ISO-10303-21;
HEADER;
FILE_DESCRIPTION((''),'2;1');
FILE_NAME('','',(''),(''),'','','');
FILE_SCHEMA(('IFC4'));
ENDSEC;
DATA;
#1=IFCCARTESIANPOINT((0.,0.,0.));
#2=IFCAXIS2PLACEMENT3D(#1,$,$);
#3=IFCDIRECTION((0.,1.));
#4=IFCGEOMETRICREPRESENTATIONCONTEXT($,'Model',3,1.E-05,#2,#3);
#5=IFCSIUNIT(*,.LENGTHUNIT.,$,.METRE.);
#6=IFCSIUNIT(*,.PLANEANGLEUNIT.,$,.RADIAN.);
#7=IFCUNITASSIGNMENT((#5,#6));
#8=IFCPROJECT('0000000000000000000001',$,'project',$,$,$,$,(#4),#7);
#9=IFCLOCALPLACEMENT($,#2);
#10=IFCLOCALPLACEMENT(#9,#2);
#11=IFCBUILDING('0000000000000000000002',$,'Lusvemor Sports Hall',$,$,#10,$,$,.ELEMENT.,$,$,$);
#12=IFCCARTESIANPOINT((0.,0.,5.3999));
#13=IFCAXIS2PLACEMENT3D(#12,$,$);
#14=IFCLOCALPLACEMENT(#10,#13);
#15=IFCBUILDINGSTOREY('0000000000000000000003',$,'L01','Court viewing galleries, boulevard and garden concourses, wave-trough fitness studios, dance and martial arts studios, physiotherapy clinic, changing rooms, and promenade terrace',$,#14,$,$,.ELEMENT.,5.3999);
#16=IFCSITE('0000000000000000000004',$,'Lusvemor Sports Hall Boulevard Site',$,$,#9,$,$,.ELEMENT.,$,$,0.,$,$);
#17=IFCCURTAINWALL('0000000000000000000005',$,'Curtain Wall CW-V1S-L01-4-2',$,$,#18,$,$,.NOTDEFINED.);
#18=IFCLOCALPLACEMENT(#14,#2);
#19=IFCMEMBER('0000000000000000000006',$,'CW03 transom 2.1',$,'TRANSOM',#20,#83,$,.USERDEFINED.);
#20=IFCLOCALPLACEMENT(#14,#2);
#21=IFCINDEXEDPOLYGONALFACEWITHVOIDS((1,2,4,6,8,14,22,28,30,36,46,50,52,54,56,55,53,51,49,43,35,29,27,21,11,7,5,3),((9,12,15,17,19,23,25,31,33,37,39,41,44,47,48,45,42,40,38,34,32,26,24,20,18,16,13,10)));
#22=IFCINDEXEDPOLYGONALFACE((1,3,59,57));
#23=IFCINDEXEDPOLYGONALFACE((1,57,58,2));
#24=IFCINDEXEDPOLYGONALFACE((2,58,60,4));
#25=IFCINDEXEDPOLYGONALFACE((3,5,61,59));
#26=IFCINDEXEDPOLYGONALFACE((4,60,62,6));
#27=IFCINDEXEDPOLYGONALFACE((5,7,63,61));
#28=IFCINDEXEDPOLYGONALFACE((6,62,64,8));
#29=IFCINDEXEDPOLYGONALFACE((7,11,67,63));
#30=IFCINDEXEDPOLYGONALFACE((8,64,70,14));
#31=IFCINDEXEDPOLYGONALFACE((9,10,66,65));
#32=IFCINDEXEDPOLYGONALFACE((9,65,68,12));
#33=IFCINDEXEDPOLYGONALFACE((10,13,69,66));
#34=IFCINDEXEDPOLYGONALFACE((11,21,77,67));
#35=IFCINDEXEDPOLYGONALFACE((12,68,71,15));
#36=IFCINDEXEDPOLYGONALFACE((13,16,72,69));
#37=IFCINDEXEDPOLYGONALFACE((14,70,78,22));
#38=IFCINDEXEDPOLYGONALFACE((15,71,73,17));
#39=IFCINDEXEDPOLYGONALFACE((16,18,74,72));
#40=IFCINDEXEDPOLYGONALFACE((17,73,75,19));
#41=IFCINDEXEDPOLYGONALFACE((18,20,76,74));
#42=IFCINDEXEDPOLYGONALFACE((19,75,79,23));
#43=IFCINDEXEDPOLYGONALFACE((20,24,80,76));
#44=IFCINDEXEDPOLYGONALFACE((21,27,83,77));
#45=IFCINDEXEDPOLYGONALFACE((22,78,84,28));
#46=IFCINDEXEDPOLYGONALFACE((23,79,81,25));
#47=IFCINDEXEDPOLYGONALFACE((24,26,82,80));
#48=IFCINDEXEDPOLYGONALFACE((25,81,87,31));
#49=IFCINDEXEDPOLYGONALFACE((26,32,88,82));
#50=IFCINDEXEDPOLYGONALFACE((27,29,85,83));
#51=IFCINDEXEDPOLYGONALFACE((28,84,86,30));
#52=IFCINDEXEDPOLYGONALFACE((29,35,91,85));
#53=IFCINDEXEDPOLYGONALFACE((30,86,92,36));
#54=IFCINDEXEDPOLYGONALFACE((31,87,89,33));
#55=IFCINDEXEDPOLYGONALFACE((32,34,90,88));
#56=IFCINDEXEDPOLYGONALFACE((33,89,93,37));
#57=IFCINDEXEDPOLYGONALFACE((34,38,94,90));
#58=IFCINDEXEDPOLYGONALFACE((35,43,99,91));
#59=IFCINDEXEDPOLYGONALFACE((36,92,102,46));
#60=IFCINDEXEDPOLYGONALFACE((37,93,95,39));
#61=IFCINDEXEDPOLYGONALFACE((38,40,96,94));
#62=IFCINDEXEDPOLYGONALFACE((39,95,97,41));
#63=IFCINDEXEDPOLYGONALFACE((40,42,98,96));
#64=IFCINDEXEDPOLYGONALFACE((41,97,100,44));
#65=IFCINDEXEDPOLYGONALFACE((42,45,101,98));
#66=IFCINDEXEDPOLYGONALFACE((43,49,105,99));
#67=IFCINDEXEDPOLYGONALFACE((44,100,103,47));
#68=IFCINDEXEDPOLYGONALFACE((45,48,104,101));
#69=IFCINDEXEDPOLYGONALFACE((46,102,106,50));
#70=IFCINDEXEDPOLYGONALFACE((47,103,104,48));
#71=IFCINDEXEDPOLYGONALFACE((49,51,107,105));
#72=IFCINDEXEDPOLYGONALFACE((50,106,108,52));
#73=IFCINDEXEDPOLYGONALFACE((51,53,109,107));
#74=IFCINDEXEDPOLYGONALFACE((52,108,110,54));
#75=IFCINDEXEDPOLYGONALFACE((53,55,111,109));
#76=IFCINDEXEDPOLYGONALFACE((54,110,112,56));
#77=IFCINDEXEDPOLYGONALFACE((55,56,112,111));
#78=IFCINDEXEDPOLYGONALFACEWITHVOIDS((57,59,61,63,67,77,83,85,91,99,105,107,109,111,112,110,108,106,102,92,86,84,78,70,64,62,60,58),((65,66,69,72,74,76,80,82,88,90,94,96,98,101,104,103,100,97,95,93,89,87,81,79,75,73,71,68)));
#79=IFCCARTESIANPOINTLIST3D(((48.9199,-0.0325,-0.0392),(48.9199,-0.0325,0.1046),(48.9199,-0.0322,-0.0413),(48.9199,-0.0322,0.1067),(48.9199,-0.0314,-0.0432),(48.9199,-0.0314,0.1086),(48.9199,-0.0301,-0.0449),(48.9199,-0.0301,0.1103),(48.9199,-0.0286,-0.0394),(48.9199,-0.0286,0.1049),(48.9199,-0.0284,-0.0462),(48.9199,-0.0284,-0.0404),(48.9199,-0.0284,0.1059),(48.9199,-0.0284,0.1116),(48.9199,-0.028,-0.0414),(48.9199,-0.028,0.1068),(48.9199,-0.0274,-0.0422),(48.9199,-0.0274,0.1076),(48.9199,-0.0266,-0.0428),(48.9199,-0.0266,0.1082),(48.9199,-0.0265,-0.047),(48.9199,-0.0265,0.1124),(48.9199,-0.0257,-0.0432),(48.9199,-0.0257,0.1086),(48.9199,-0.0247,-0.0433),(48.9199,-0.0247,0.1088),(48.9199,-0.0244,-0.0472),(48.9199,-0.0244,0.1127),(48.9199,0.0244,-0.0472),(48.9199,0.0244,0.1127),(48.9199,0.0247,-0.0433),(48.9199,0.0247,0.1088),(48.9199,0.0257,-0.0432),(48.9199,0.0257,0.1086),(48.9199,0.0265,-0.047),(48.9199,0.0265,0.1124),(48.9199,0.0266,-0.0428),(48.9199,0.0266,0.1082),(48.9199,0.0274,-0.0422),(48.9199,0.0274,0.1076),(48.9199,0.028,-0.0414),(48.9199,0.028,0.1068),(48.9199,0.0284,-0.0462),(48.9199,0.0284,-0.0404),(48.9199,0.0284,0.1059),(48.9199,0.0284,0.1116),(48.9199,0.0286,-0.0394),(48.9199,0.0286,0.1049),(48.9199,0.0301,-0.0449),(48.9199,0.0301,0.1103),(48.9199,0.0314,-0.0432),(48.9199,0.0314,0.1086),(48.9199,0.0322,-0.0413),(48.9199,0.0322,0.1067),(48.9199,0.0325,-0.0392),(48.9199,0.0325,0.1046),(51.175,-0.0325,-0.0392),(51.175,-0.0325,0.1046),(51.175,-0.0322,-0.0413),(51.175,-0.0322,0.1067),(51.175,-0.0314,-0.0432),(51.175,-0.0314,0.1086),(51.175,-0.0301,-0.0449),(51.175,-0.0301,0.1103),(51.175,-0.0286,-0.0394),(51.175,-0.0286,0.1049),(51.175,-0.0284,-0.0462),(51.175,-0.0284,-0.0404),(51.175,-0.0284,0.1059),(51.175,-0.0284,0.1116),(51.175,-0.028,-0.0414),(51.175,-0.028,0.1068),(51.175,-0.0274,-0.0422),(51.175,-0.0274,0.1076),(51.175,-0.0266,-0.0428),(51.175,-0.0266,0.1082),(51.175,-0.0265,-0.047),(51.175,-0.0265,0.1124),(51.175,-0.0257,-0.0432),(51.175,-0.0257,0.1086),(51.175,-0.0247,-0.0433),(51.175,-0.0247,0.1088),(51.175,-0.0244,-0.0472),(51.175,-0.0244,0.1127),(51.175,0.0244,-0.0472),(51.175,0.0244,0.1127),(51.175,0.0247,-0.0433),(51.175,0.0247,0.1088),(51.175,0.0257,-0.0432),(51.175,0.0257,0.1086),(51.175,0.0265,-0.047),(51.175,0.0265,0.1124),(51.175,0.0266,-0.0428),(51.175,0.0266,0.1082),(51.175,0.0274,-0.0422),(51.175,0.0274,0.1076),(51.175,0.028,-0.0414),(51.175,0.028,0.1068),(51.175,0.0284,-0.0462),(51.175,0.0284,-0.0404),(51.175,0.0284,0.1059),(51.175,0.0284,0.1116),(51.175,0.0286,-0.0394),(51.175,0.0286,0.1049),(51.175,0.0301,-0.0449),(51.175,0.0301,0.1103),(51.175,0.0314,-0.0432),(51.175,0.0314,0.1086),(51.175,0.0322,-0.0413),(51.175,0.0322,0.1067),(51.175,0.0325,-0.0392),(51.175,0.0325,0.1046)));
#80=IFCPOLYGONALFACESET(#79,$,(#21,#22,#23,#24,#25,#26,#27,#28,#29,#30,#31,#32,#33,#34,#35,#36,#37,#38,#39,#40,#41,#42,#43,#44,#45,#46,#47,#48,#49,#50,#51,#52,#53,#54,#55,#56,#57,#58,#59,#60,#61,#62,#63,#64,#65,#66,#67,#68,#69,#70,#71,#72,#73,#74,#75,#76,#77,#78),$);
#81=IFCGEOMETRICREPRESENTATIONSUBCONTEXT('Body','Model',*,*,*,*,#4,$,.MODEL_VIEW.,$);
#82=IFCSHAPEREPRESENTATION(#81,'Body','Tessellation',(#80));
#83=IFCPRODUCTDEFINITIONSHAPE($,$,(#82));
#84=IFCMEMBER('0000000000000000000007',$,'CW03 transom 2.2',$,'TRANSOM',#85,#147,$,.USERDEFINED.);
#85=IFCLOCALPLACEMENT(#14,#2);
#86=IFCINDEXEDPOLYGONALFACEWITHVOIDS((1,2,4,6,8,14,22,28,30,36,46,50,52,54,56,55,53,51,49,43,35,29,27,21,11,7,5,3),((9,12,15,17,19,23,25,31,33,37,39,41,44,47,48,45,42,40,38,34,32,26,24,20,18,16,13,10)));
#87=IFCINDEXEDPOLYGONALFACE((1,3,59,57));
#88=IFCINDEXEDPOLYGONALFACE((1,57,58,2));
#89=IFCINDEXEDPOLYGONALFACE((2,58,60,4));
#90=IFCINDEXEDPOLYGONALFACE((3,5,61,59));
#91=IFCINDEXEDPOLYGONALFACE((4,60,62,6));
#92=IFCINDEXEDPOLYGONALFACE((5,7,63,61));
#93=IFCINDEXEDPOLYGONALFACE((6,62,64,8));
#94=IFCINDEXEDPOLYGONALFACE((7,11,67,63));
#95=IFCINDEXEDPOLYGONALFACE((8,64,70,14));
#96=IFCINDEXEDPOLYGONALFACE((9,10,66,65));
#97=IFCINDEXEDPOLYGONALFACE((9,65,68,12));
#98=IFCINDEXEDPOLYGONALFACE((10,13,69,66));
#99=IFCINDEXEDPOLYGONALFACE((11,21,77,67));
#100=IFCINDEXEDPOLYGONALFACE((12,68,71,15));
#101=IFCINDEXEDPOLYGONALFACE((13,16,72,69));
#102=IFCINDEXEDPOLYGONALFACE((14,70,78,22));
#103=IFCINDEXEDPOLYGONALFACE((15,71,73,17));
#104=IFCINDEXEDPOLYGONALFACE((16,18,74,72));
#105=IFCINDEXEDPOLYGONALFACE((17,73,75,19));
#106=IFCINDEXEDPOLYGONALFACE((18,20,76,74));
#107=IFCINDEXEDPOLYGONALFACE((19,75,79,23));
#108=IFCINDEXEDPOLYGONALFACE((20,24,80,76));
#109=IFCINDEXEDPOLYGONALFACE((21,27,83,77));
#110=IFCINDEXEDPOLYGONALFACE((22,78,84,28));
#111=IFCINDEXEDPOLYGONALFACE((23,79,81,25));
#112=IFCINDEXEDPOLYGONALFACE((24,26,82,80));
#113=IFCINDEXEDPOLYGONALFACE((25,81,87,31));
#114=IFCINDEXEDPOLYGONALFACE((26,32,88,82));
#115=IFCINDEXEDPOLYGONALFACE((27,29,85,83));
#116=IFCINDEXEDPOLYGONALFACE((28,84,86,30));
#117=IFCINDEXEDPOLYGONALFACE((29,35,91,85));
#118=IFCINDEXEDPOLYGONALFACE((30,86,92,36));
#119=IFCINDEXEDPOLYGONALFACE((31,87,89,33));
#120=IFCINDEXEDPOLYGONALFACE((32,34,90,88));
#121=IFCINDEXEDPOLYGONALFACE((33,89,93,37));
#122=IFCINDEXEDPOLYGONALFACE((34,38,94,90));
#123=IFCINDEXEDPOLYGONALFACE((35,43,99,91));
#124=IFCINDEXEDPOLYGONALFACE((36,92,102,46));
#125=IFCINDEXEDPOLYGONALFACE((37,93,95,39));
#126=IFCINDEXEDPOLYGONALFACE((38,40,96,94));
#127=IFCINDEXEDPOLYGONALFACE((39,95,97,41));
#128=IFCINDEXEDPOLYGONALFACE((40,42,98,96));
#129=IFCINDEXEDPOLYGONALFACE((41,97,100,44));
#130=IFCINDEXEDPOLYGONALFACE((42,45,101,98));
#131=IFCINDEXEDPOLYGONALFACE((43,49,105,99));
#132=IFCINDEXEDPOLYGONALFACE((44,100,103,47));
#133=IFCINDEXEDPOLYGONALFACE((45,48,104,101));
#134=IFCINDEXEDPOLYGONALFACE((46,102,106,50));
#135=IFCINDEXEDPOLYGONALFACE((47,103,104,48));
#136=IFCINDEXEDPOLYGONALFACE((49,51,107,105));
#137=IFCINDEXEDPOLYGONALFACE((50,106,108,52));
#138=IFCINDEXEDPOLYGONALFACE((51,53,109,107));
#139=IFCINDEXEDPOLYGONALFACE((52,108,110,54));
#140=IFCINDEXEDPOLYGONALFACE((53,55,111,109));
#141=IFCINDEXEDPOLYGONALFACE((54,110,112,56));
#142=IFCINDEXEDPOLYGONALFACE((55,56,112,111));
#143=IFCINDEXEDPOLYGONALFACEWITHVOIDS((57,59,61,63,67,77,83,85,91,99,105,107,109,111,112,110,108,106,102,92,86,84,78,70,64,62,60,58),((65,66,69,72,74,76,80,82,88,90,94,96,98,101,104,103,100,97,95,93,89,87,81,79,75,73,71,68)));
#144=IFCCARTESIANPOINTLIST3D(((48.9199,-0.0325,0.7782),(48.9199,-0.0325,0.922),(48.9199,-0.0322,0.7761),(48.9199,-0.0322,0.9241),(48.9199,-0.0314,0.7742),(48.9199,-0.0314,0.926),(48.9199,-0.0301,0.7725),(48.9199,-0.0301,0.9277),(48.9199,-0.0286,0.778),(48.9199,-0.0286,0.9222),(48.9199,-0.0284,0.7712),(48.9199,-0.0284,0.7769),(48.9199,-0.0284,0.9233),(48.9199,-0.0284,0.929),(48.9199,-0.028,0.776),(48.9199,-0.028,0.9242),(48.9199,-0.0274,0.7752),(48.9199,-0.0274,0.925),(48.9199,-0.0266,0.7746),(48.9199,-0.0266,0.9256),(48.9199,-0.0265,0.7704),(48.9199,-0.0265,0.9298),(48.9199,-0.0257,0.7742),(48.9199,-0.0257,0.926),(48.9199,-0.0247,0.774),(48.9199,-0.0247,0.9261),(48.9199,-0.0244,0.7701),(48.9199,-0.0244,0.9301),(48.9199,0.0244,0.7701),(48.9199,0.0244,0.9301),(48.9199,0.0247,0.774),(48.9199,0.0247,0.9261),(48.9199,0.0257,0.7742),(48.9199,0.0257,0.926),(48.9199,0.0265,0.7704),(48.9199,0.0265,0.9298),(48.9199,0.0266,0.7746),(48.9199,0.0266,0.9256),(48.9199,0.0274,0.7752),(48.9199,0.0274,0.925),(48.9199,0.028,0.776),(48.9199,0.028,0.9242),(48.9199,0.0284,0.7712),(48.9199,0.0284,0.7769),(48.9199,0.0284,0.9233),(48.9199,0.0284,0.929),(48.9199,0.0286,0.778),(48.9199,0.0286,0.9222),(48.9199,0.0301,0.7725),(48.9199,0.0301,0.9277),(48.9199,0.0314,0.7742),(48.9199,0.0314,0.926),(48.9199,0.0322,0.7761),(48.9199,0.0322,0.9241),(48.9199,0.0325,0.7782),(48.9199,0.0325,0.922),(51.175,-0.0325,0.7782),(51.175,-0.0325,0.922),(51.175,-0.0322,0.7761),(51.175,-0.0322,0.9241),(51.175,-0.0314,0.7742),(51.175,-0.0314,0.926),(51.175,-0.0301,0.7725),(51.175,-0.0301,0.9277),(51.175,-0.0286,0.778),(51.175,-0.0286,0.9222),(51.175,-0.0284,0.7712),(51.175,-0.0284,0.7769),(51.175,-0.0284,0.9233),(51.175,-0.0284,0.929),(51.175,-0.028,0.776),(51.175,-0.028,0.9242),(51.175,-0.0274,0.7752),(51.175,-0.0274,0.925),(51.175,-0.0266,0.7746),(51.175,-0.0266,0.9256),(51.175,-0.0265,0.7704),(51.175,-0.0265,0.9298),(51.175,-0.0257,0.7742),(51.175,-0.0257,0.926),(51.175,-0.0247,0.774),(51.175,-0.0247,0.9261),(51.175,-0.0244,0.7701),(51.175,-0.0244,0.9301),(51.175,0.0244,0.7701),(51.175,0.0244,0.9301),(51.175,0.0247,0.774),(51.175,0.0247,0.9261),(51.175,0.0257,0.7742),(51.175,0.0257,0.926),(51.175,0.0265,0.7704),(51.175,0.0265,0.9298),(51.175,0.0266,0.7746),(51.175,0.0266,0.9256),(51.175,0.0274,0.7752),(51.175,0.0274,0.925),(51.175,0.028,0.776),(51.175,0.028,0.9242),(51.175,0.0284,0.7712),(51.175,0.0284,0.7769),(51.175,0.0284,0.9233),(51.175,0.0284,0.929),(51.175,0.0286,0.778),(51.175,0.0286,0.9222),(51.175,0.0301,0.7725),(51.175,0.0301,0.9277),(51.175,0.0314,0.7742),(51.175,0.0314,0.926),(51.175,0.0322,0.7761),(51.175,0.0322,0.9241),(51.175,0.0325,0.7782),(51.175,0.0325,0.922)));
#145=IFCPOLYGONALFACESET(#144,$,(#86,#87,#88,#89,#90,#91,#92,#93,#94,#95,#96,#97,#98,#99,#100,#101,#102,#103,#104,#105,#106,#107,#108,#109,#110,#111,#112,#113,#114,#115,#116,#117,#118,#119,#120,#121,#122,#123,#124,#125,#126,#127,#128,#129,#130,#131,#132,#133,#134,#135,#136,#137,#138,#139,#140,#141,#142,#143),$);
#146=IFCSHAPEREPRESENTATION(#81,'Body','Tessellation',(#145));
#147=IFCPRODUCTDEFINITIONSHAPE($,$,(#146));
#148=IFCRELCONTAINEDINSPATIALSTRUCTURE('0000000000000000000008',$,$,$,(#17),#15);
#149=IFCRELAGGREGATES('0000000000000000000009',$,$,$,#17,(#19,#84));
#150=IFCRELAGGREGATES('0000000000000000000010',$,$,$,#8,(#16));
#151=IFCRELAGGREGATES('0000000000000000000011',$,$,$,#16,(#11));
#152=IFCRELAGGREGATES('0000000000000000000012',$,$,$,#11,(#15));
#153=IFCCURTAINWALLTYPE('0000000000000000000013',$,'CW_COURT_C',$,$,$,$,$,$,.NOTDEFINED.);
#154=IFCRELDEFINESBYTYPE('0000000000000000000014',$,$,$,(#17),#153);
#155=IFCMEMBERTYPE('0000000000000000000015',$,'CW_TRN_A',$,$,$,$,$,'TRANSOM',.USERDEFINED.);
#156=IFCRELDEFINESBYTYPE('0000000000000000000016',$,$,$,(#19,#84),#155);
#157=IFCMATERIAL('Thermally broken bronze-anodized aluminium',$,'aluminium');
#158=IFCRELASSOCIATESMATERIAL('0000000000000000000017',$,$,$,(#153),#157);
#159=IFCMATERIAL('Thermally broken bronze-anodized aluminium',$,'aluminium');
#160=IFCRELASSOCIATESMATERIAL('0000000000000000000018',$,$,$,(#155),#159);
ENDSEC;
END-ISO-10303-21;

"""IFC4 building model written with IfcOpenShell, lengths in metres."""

from ifc_helpers import new_model, si_unit, direction, frame, origin, origin_2d, place, context, subcontext, project, spatial, hollow_rectangle, extrude, material, material_profile, profile_set, type_object, element, aggregate, save


model = new_model("IFC4")

# Units and contexts
model_context = context("Model", 3, precision=1e-05, world=origin(), true_north=direction((0.0, 1.0)))
body_context = subcontext(model_context, "Body", "Model", "MODEL_VIEW")
ifc_project = project(units=[si_unit("LENGTHUNIT", "METRE"), si_unit("PLANEANGLEUNIT", "RADIAN")], contexts=[model_context])

# Site, building, storey
site_placement = place(None, origin())
site = spatial("IfcSite", under=ifc_project, at=site_placement, Name="Lusvemor Sports Hall Boulevard Site", CompositionType="ELEMENT", RefElevation=0.0)
building_placement = place(site_placement, origin())
building = spatial("IfcBuilding", under=site, at=building_placement, Name="Lusvemor Sports Hall", CompositionType="ELEMENT")
storey_placement = place(building_placement, frame((0.0, 0.0, 5.3999)))
storey = spatial("IfcBuildingStorey", under=building, at=storey_placement, Name="L01", Description="Court viewing galleries, boulevard and garden concourses, wave-trough fitness studios, dance and martial arts studios, physiotherapy clinic, changing rooms, and promenade terrace", CompositionType="ELEMENT", Elevation=5.3999)

# Curtain wall, members
ifc_material_1 = material(Name="Thermally broken bronze-anodized aluminium", Category="aluminium")
curtain_wall_type = type_object("IfcCurtainWallType", Name="CW_COURT_C", PredefinedType="NOTDEFINED", material=ifc_material_1)
curtain_wall_placement = place(storey_placement, origin())
curtain_wall = element("IfcCurtainWall", 1, at=curtain_wall_placement, inside=storey, type_object=curtain_wall_type, Name="Curtain Wall CW-V1S-L01-4-2", PredefinedType="NOTDEFINED")
ifc_material_2 = material(Name="Thermally broken bronze-anodized aluminium", Category="aluminium")
ifc_material_profile_1 = material_profile(ifc_material_2, hollow_rectangle(XDim=0.0649, YDim=0.1599, WallThickness=0.0039, InnerFilletRadius=0.0039, OuterFilletRadius=0.0081, at=origin_2d()), Name="CWTRN160x65x4")
ifc_profile_set_1 = profile_set([ifc_material_profile_1], Name="Thermally broken bronze-anodized aluminium")
member_type_1 = type_object("IfcMemberType", Name="CW_TRN_A", ElementType="TRANSOM", PredefinedType="USERDEFINED", material=ifc_profile_set_1)
member_1_placement = place(storey_placement, frame((51.175, 0.0, 0.0327), z_axis=(-1.0, 0.0, 0.0), x_axis=(0.0, -1.0, 0.0)))
member_1 = element("IfcMember", 2, at=member_1_placement, type_object=member_type_1, Name="CW03 transom 2.1", ObjectType="TRANSOM", PredefinedType="USERDEFINED", context=body_context, shape_type="SweptSolid", body=[
    extrude(hollow_rectangle(XDim=0.0649, YDim=0.1599, WallThickness=0.0039, InnerFilletRadius=0.0039, OuterFilletRadius=0.0081, at=origin_2d()), origin(), (0.0, 0.0, 1.0), 2.2551),
])
member_2_placement = place(storey_placement, frame((51.175, 0.0, 0.8501), z_axis=(-1.0, 0.0, 0.0), x_axis=(0.0, -1.0, 0.0)))
member_2 = element("IfcMember", 3, at=member_2_placement, type_object=member_type_1, Name="CW03 transom 2.2", ObjectType="TRANSOM", PredefinedType="USERDEFINED", context=body_context, shape_type="SweptSolid", body=[
    extrude(hollow_rectangle(XDim=0.0649, YDim=0.1599, WallThickness=0.0039, InnerFilletRadius=0.0039, OuterFilletRadius=0.0081, at=origin_2d()), origin(), (0.0, 0.0, 1.0), 2.2551),
])

aggregate(curtain_wall, [member_1, member_2])

save(model, "model.ifc")
